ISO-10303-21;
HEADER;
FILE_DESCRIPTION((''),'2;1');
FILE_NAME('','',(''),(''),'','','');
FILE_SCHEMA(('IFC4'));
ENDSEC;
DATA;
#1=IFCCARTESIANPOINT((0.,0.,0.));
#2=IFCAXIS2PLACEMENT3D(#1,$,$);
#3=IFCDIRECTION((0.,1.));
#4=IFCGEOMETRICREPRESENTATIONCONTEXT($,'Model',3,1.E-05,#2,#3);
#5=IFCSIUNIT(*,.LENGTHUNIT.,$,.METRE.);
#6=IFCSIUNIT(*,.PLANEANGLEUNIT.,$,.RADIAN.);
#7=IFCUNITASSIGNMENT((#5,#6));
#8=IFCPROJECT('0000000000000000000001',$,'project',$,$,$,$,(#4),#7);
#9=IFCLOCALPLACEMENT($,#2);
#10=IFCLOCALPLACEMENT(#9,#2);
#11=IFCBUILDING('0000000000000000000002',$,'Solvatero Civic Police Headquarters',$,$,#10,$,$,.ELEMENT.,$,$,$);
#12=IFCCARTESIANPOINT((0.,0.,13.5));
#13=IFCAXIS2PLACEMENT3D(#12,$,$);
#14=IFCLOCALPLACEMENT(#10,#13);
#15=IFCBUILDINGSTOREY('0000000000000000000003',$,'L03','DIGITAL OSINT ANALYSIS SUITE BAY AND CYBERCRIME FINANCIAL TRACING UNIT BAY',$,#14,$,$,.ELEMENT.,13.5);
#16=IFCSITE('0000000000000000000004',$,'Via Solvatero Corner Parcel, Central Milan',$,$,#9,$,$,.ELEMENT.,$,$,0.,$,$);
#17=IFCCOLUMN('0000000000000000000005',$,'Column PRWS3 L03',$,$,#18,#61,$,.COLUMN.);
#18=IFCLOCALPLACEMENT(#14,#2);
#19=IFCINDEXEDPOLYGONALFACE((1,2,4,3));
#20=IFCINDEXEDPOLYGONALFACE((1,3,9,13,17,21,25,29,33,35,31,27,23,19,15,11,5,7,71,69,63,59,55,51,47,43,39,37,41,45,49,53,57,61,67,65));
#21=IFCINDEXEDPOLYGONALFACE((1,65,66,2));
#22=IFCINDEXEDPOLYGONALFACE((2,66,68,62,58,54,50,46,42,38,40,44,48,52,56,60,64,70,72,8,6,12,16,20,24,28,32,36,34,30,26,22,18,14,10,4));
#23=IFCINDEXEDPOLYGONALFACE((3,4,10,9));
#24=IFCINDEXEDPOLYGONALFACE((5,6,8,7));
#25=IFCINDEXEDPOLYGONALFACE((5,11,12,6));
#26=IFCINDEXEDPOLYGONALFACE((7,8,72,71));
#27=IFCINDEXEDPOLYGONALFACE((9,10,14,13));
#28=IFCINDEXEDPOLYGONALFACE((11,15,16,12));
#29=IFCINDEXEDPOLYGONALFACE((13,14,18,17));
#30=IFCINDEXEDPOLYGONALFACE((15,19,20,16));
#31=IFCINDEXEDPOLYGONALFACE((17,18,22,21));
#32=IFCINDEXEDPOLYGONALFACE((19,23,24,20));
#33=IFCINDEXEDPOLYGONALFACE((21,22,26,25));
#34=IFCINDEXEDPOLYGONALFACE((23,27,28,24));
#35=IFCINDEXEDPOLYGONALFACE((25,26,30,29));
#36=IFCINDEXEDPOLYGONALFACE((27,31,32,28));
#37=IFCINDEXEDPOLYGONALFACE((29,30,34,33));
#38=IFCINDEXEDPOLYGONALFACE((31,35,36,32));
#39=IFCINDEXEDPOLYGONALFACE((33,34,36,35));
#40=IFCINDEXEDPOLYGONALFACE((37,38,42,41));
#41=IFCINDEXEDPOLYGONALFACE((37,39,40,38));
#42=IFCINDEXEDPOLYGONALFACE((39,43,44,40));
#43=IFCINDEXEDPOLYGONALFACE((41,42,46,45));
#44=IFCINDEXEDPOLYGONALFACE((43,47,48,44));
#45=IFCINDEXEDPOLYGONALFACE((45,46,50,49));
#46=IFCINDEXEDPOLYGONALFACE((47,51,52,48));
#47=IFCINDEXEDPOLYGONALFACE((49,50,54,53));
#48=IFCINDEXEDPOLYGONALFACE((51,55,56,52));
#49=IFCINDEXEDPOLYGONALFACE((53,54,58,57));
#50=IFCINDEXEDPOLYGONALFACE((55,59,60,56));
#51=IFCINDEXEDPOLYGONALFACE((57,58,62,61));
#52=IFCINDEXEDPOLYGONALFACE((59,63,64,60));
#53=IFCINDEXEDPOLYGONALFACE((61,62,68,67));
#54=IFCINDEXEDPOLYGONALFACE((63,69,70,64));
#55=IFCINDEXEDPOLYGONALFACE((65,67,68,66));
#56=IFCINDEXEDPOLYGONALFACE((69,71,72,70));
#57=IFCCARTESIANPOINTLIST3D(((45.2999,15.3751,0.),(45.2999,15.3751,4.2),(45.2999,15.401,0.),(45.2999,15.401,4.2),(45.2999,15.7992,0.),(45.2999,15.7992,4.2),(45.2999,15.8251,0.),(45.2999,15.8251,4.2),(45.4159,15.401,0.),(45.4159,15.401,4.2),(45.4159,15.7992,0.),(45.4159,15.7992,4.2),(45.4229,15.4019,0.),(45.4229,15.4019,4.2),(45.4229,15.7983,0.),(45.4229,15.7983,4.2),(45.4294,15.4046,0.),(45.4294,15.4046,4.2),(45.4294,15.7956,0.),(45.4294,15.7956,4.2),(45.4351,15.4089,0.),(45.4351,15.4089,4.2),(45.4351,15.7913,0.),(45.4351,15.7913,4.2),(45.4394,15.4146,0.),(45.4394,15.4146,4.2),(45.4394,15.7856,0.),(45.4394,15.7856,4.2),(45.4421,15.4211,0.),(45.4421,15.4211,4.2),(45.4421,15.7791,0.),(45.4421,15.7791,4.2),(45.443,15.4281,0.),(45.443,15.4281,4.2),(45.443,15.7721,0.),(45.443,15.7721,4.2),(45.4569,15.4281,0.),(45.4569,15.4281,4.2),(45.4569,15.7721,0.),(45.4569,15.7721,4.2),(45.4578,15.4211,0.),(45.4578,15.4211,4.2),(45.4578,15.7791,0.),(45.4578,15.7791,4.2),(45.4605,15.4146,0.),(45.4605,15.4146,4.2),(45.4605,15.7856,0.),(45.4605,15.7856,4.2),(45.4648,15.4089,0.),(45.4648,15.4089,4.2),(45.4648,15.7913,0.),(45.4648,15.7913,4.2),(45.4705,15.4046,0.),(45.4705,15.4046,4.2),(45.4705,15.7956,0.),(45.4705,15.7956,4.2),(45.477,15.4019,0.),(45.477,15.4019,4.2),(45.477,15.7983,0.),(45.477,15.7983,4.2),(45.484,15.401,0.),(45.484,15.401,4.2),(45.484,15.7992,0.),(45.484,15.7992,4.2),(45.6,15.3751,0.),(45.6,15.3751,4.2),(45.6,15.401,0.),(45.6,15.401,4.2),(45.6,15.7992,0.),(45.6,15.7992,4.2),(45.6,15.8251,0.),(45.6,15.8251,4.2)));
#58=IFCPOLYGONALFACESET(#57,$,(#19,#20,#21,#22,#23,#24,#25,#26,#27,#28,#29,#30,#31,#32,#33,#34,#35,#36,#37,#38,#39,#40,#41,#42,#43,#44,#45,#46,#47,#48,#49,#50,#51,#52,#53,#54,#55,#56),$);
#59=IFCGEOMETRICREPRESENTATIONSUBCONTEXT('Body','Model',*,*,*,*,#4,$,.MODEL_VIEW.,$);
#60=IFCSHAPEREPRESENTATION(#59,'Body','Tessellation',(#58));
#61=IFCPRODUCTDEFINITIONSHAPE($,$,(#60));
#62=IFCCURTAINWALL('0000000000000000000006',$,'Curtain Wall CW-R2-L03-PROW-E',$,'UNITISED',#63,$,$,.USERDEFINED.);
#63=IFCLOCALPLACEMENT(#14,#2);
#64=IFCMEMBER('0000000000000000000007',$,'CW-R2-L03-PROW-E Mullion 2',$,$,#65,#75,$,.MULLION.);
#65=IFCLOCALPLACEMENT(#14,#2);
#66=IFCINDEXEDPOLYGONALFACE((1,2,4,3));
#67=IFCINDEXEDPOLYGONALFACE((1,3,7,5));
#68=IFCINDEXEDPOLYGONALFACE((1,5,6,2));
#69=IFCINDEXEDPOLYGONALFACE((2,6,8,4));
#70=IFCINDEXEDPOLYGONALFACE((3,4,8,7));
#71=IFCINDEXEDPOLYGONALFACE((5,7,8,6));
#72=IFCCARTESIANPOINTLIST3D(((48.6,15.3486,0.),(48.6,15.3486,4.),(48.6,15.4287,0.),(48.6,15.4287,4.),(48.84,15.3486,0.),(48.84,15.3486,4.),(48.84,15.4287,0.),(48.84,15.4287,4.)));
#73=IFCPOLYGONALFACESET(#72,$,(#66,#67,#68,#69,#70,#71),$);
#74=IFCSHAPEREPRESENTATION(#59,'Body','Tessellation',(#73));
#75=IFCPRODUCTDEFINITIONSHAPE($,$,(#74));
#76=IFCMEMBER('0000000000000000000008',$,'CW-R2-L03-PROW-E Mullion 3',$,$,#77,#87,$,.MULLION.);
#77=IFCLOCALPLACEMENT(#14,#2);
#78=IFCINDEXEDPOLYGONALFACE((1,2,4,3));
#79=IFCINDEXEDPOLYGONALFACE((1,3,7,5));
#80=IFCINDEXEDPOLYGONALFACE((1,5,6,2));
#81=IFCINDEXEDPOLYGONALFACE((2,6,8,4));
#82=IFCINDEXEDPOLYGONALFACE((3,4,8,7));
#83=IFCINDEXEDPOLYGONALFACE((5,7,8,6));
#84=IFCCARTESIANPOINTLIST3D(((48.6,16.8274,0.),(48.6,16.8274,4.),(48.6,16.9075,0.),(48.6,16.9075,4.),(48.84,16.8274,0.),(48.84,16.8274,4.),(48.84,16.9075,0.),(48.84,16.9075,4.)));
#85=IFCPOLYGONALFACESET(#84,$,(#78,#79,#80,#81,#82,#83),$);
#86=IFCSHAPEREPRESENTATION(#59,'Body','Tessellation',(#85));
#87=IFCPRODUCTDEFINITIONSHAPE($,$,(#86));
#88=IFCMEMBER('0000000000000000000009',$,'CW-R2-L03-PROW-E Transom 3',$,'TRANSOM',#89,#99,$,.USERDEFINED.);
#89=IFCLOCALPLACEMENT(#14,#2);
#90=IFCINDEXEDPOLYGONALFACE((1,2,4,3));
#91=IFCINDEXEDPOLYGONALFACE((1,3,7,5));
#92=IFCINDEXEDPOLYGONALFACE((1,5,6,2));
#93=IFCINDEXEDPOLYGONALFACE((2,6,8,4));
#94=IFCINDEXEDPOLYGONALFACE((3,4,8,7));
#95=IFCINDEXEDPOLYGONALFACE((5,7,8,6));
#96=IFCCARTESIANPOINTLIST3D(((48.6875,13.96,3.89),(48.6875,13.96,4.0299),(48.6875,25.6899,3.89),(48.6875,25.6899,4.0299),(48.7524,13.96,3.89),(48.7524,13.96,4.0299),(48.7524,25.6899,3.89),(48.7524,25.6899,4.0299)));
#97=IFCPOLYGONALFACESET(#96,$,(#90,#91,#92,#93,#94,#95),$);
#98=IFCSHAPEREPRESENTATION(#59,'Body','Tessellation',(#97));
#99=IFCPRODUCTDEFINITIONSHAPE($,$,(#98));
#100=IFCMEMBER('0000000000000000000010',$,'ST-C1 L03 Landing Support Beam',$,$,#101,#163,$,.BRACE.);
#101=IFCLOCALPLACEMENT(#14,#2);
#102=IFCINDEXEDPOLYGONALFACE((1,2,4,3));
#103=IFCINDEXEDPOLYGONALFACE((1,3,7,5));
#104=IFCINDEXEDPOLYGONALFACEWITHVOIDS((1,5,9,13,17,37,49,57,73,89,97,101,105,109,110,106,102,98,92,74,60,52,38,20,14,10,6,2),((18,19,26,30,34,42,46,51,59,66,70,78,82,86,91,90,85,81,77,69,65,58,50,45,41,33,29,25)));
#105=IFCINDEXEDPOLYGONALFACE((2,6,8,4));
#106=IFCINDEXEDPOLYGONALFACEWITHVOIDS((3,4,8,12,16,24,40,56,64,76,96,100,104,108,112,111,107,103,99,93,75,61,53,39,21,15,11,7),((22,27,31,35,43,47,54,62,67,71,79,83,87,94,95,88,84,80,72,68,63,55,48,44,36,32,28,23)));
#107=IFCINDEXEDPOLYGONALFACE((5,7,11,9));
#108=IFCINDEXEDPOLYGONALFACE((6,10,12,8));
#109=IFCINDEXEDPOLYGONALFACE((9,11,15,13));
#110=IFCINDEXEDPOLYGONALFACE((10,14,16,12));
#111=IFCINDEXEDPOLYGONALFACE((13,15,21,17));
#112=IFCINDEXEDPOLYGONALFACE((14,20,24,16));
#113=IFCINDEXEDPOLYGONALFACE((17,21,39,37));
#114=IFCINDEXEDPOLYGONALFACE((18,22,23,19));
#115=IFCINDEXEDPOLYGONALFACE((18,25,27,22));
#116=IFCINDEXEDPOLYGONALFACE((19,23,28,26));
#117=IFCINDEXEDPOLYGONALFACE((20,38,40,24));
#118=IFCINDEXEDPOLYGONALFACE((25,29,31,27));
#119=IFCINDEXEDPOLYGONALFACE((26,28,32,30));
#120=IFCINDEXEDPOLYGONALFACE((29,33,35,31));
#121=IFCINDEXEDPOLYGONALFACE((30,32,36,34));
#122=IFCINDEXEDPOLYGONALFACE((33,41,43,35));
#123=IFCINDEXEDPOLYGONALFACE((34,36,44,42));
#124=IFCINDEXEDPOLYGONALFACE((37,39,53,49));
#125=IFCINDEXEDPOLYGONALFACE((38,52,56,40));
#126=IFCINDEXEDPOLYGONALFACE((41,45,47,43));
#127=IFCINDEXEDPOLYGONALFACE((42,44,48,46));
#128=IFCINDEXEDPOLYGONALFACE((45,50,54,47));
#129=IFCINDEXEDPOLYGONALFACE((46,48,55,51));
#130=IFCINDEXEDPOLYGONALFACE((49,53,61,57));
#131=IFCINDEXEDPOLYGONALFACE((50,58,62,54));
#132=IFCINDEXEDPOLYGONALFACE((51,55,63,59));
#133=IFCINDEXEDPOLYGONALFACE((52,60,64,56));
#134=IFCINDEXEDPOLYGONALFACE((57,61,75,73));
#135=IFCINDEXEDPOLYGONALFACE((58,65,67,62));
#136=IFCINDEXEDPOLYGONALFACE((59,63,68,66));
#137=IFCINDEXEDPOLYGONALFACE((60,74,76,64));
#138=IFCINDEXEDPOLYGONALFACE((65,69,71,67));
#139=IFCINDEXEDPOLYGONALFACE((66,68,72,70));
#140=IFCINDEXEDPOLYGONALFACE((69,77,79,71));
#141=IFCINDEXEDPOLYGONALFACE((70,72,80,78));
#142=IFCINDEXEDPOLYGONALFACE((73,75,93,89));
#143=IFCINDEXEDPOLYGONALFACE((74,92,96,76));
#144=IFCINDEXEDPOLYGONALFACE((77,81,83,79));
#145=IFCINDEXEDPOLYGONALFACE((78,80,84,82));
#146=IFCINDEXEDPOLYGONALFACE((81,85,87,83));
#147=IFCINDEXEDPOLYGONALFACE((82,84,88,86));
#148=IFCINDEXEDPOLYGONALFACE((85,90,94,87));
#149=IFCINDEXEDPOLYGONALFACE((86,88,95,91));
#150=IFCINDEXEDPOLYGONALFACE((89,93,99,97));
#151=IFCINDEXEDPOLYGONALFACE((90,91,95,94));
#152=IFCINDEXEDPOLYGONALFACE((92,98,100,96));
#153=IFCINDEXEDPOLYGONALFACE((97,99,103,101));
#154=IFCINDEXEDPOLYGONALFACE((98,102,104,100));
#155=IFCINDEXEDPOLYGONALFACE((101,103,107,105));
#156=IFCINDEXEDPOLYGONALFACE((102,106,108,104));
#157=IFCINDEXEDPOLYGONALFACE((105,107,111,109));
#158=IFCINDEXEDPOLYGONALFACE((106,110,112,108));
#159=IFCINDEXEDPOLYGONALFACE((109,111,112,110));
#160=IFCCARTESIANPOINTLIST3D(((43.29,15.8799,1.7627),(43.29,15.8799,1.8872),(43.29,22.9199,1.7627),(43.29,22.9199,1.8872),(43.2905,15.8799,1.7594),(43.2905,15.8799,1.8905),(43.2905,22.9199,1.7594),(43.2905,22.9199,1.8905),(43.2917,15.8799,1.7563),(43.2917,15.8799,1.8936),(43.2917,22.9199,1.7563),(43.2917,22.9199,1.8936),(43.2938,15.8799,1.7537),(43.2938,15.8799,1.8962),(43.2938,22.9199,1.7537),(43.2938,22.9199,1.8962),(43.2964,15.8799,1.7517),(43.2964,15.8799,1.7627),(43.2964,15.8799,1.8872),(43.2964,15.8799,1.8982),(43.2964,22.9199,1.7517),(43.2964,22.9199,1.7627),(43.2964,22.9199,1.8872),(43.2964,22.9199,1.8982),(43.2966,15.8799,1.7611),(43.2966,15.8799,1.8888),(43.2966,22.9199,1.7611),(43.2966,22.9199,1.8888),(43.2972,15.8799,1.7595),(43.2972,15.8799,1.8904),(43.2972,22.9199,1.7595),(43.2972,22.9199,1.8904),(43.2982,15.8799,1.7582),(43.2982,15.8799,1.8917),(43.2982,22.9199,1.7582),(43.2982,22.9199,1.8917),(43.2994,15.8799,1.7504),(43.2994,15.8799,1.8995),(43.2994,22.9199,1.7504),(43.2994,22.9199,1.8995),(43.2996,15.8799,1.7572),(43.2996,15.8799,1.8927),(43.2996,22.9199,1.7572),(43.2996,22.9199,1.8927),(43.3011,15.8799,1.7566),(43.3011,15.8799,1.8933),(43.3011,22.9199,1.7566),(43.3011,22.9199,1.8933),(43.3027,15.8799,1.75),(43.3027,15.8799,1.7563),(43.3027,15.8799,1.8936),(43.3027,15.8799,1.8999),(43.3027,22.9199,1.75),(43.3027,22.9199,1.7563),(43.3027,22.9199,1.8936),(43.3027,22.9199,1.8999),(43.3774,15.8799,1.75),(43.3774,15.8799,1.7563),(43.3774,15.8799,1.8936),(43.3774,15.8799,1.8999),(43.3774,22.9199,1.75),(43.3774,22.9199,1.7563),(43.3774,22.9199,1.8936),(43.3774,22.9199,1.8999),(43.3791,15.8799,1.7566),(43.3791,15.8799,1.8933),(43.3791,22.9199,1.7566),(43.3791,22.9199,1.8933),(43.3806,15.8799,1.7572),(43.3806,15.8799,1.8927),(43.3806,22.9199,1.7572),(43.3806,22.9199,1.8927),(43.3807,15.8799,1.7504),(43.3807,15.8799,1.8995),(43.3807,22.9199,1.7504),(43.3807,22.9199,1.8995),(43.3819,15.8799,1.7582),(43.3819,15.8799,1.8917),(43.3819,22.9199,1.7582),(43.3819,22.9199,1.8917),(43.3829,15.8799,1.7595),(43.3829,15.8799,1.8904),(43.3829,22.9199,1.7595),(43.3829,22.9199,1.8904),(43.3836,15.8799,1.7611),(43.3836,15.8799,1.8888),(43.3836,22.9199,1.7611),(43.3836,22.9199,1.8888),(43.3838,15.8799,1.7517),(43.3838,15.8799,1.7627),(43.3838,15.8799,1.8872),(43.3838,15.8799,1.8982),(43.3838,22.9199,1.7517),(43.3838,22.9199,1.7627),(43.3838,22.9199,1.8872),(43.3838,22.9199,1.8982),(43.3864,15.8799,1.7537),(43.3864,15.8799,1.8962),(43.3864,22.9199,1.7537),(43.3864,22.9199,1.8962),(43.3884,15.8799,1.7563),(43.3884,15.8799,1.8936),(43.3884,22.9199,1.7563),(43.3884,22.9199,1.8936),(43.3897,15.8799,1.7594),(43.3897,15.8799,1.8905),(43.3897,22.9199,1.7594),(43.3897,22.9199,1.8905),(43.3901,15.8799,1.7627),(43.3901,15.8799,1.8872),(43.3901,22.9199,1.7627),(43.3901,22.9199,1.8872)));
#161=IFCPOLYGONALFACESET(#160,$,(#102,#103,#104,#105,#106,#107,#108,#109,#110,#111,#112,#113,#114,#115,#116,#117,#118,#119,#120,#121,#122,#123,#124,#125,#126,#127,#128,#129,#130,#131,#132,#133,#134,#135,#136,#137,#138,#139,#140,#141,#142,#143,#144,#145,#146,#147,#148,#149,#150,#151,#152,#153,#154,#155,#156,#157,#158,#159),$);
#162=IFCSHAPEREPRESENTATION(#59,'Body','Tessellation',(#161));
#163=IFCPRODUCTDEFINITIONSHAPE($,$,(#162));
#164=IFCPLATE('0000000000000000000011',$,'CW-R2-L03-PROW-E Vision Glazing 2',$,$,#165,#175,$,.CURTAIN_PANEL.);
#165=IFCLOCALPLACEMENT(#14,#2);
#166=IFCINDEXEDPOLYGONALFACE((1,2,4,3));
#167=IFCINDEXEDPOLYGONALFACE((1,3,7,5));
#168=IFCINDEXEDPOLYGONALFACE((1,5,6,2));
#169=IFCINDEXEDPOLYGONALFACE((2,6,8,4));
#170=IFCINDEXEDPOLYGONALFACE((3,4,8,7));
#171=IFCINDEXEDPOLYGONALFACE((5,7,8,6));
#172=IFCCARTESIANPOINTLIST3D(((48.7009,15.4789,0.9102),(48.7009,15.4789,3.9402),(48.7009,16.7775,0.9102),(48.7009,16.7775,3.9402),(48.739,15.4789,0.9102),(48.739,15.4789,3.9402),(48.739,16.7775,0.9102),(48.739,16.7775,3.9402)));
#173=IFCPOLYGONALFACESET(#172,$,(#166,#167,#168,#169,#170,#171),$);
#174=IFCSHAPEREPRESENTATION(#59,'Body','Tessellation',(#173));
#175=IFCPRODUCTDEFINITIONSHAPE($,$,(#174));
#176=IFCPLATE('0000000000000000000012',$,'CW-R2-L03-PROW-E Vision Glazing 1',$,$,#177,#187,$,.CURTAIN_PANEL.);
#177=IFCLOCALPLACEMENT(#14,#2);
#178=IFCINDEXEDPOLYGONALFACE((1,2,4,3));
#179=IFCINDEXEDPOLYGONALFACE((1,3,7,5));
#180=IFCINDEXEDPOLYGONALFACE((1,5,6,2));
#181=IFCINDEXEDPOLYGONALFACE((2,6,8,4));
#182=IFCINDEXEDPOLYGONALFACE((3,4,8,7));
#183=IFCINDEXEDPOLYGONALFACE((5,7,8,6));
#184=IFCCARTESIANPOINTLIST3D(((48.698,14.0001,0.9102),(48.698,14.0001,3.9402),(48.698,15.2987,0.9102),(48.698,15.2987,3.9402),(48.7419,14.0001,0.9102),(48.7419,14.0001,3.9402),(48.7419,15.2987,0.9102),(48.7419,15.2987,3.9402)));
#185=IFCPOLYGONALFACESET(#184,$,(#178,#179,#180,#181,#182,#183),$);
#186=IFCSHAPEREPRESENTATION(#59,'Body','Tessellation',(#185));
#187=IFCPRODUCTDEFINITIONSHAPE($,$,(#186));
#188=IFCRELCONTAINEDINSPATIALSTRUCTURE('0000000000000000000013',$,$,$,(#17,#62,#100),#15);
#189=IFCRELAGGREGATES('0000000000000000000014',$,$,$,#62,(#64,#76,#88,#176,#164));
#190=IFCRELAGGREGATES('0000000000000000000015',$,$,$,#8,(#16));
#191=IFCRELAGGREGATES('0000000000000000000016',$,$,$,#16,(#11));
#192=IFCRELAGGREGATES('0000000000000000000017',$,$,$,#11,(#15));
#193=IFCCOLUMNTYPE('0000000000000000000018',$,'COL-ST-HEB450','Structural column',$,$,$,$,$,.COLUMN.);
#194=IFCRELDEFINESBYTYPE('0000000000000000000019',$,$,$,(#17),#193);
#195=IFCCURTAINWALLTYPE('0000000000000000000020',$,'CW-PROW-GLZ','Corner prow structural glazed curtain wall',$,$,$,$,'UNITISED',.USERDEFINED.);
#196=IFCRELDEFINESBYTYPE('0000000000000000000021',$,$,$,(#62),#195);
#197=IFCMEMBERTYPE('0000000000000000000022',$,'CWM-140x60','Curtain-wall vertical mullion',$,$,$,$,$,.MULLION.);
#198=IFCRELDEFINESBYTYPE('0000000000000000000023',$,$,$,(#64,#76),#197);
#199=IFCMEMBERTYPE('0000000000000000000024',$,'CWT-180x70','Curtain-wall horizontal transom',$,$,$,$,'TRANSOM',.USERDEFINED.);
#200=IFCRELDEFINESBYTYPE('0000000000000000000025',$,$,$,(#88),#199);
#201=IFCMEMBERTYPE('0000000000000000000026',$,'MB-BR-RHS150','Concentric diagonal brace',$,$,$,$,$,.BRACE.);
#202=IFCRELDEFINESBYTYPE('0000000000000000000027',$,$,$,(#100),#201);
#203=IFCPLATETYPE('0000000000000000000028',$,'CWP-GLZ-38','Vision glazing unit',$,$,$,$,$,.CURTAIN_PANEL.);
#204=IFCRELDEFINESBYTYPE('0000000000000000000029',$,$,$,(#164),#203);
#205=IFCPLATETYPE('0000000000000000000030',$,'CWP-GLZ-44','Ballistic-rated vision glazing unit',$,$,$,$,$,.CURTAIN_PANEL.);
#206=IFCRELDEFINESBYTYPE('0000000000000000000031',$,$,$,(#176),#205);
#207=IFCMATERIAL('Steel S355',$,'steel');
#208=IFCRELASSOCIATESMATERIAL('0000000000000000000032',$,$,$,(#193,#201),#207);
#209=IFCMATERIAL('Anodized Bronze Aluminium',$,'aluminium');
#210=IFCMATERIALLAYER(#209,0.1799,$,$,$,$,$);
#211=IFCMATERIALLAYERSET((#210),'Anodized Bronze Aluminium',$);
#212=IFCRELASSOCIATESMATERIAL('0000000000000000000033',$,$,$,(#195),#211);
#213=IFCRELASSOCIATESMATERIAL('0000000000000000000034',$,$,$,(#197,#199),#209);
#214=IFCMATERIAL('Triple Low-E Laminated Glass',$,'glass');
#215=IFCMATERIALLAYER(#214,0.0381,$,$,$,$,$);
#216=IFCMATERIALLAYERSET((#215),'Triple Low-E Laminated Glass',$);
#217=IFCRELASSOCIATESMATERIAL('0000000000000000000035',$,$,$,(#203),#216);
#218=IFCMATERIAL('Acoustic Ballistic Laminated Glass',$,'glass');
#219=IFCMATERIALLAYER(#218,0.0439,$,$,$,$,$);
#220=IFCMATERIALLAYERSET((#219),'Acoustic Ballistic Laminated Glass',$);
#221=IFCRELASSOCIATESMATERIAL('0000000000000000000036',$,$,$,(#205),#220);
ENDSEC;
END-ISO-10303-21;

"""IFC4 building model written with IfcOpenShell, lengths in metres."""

from ifc_helpers import new_model, si_unit, direction, frame, origin, origin_2d, place, context, subcontext, project, spatial, rectangle, hollow_rectangle, i_section, extrude, material, layer, layer_set, material_profile, profile_set, type_object, element, aggregate, save


model = new_model("IFC4")

# Units and contexts
model_context = context("Model", 3, precision=1e-05, world=origin(), true_north=direction((0.0, 1.0)))
body_context = subcontext(model_context, "Body", "Model", "MODEL_VIEW")
ifc_project = project(units=[si_unit("LENGTHUNIT", "METRE"), si_unit("PLANEANGLEUNIT", "RADIAN")], contexts=[model_context])

# Site, building, storey
site_placement = place(None, origin())
site = spatial("IfcSite", under=ifc_project, at=site_placement, Name="Via Solvatero Corner Parcel, Central Milan", CompositionType="ELEMENT", RefElevation=0.0)
building_placement = place(site_placement, origin())
building = spatial("IfcBuilding", under=site, at=building_placement, Name="Solvatero Civic Police Headquarters", CompositionType="ELEMENT")
storey_placement = place(building_placement, frame((0.0, 0.0, 13.5)))
storey = spatial("IfcBuildingStorey", under=building, at=storey_placement, Name="L03", Description="DIGITAL OSINT ANALYSIS SUITE BAY AND CYBERCRIME FINANCIAL TRACING UNIT BAY", CompositionType="ELEMENT", Elevation=13.5)

# Column
ifc_material_1 = material(Name="Steel S355", Category="steel")
ifc_material_profile_1 = material_profile(ifc_material_1, i_section(OverallWidth=0.3, OverallDepth=0.45, WebThickness=0.0139, FlangeThickness=0.0259, FilletRadius=0.0271, at=origin_2d()), Name="HEB 450")
ifc_profile_set_1 = profile_set([ifc_material_profile_1], Name="Steel S355")
column_type = type_object("IfcColumnType", Name="COL-ST-HEB450", Description="Structural column", PredefinedType="COLUMN", material=ifc_profile_set_1)
column_placement = place(storey_placement, frame((45.45, 15.6001, 0.0), z_axis=(0.0, 0.0, 1.0), x_axis=(1.0, 0.0, 0.0)))
element("IfcColumn", 1, at=column_placement, inside=storey, type_object=column_type, Name="Column PRWS3 L03", PredefinedType="COLUMN", context=body_context, shape_type="SweptSolid", body=[
    extrude(i_section(OverallWidth=0.3, OverallDepth=0.45, WebThickness=0.0139, FlangeThickness=0.0259, FilletRadius=0.0271, at=origin_2d()), origin(), (0.0, 0.0, 1.0), 4.2),
])

# Curtain wall, members
ifc_material_2 = material(Name="Anodized Bronze Aluminium", Category="aluminium")
ifc_layer_1 = layer(ifc_material_2, 0.1799)
ifc_layer_set_1 = layer_set([ifc_layer_1], Name="Anodized Bronze Aluminium")
curtain_wall_type = type_object("IfcCurtainWallType", Name="CW-PROW-GLZ", Description="Corner prow structural glazed curtain wall", ElementType="UNITISED", PredefinedType="USERDEFINED", material=ifc_layer_set_1)
curtain_wall_placement = place(storey_placement, origin())
curtain_wall = element("IfcCurtainWall", 2, at=curtain_wall_placement, inside=storey, type_object=curtain_wall_type, Name="Curtain Wall CW-R2-L03-PROW-E", ObjectType="UNITISED", PredefinedType="USERDEFINED")
ifc_material_profile_2 = material_profile(ifc_material_2, rectangle(XDim=0.0801, YDim=0.24, at=origin_2d()), Name="ALU MULLION 80x240")
ifc_profile_set_2 = profile_set([ifc_material_profile_2], Name="Anodized Bronze Aluminium")
member_type_1 = type_object("IfcMemberType", Name="CWM-140x60", Description="Curtain-wall vertical mullion", PredefinedType="MULLION", material=ifc_profile_set_2)
member_1_placement = place(storey_placement, frame((48.72, 15.3887, 0.0), z_axis=(0.0, 0.0, 1.0), x_axis=(0.0, 1.0, 0.0)))
member_1 = element("IfcMember", 3, at=member_1_placement, type_object=member_type_1, Name="CW-R2-L03-PROW-E Mullion 2", PredefinedType="MULLION", context=body_context, shape_type="SweptSolid", body=[
    extrude(rectangle(XDim=0.0801, YDim=0.24, at=origin_2d()), origin(), (0.0, 0.0, 1.0), 4.0),
])
member_2_placement = place(storey_placement, frame((48.72, 16.8674, 0.0), z_axis=(0.0, 0.0, 1.0), x_axis=(0.0, 1.0, 0.0)))
member_2 = element("IfcMember", 4, at=member_2_placement, type_object=member_type_1, Name="CW-R2-L03-PROW-E Mullion 3", PredefinedType="MULLION", context=body_context, shape_type="SweptSolid", body=[
    extrude(rectangle(XDim=0.0801, YDim=0.24, at=origin_2d()), origin(), (0.0, 0.0, 1.0), 4.0),
])
ifc_material_profile_3 = material_profile(ifc_material_2, rectangle(XDim=0.0649, YDim=0.1399, at=origin_2d()), Name="ALU TRANSOM 65x140")
ifc_profile_set_3 = profile_set([ifc_material_profile_3], Name="Anodized Bronze Aluminium")
member_type_2 = type_object("IfcMemberType", Name="CWT-180x70", Description="Curtain-wall horizontal transom", ElementType="TRANSOM", PredefinedType="USERDEFINED", material=ifc_profile_set_3)
member_3_placement = place(storey_placement, frame((48.72, 13.96, 3.96), z_axis=(0.0, 1.0, 0.0), x_axis=(-1.0, 0.0, 0.0)))
member_3 = element("IfcMember", 5, at=member_3_placement, type_object=member_type_2, Name="CW-R2-L03-PROW-E Transom 3", ObjectType="TRANSOM", PredefinedType="USERDEFINED", context=body_context, shape_type="SweptSolid", body=[
    extrude(rectangle(XDim=0.0649, YDim=0.1399, at=origin_2d()), origin(), (0.0, 0.0, 1.0), 11.73),
])

# Member
ifc_material_profile_4 = material_profile(ifc_material_1, hollow_rectangle(XDim=0.1001, YDim=0.1499, WallThickness=0.0063, InnerFilletRadius=0.0063, OuterFilletRadius=0.0127, at=origin_2d()), Name="RHS 150x100x6.3")
ifc_profile_set_4 = profile_set([ifc_material_profile_4], Name="Steel S355")
member_type_3 = type_object("IfcMemberType", Name="MB-BR-RHS150", Description="Concentric diagonal brace", PredefinedType="BRACE", material=ifc_profile_set_4)
member_4_placement = place(storey_placement, frame((43.3401, 15.8799, 1.825), z_axis=(0.0, 1.0, 0.0), x_axis=(-1.0, 0.0, 0.0)))
element("IfcMember", 6, at=member_4_placement, inside=storey, type_object=member_type_3, Name="ST-C1 L03 Landing Support Beam", PredefinedType="BRACE", context=body_context, shape_type="SweptSolid", body=[
    extrude(hollow_rectangle(XDim=0.1001, YDim=0.1499, WallThickness=0.0063, InnerFilletRadius=0.0063, OuterFilletRadius=0.0127, at=origin_2d()), origin(), (0.0, 0.0, 1.0), 7.04),
])

# Plates
ifc_material_3 = material(Name="Triple Low-E Laminated Glass", Category="glass")
ifc_layer_2 = layer(ifc_material_3, 0.0381)
ifc_layer_set_2 = layer_set([ifc_layer_2], Name="Triple Low-E Laminated Glass")
plate_type_1 = type_object("IfcPlateType", Name="CWP-GLZ-38", Description="Vision glazing unit", PredefinedType="CURTAIN_PANEL", material=ifc_layer_set_2)
plate_1_placement = place(storey_placement, frame((48.72, 16.1282, 0.9102), z_axis=(0.0, 0.0, 1.0), x_axis=(0.0, 1.0, 0.0)))
plate_1 = element("IfcPlate", 7, at=plate_1_placement, type_object=plate_type_1, Name="CW-R2-L03-PROW-E Vision Glazing 2", PredefinedType="CURTAIN_PANEL", context=body_context, shape_type="SweptSolid", body=[
    extrude(rectangle(XDim=1.2986, YDim=0.0381, at=origin_2d()), origin(), (0.0, 0.0, 1.0), 3.03),
])
ifc_material_4 = material(Name="Acoustic Ballistic Laminated Glass", Category="glass")
ifc_layer_3 = layer(ifc_material_4, 0.0439)
ifc_layer_set_3 = layer_set([ifc_layer_3], Name="Acoustic Ballistic Laminated Glass")
plate_type_2 = type_object("IfcPlateType", Name="CWP-GLZ-44", Description="Ballistic-rated vision glazing unit", PredefinedType="CURTAIN_PANEL", material=ifc_layer_set_3)
plate_2_placement = place(storey_placement, frame((48.72, 14.6494, 0.9102), z_axis=(0.0, 0.0, 1.0), x_axis=(0.0, 1.0, 0.0)))
plate_2 = element("IfcPlate", 8, at=plate_2_placement, type_object=plate_type_2, Name="CW-R2-L03-PROW-E Vision Glazing 1", PredefinedType="CURTAIN_PANEL", context=body_context, shape_type="SweptSolid", body=[
    extrude(rectangle(XDim=1.2986, YDim=0.0439, at=origin_2d()), origin(), (0.0, 0.0, 1.0), 3.03),
])
aggregate(curtain_wall, [member_1, member_2, member_3, plate_2, plate_1])

save(model, "model.ifc")
